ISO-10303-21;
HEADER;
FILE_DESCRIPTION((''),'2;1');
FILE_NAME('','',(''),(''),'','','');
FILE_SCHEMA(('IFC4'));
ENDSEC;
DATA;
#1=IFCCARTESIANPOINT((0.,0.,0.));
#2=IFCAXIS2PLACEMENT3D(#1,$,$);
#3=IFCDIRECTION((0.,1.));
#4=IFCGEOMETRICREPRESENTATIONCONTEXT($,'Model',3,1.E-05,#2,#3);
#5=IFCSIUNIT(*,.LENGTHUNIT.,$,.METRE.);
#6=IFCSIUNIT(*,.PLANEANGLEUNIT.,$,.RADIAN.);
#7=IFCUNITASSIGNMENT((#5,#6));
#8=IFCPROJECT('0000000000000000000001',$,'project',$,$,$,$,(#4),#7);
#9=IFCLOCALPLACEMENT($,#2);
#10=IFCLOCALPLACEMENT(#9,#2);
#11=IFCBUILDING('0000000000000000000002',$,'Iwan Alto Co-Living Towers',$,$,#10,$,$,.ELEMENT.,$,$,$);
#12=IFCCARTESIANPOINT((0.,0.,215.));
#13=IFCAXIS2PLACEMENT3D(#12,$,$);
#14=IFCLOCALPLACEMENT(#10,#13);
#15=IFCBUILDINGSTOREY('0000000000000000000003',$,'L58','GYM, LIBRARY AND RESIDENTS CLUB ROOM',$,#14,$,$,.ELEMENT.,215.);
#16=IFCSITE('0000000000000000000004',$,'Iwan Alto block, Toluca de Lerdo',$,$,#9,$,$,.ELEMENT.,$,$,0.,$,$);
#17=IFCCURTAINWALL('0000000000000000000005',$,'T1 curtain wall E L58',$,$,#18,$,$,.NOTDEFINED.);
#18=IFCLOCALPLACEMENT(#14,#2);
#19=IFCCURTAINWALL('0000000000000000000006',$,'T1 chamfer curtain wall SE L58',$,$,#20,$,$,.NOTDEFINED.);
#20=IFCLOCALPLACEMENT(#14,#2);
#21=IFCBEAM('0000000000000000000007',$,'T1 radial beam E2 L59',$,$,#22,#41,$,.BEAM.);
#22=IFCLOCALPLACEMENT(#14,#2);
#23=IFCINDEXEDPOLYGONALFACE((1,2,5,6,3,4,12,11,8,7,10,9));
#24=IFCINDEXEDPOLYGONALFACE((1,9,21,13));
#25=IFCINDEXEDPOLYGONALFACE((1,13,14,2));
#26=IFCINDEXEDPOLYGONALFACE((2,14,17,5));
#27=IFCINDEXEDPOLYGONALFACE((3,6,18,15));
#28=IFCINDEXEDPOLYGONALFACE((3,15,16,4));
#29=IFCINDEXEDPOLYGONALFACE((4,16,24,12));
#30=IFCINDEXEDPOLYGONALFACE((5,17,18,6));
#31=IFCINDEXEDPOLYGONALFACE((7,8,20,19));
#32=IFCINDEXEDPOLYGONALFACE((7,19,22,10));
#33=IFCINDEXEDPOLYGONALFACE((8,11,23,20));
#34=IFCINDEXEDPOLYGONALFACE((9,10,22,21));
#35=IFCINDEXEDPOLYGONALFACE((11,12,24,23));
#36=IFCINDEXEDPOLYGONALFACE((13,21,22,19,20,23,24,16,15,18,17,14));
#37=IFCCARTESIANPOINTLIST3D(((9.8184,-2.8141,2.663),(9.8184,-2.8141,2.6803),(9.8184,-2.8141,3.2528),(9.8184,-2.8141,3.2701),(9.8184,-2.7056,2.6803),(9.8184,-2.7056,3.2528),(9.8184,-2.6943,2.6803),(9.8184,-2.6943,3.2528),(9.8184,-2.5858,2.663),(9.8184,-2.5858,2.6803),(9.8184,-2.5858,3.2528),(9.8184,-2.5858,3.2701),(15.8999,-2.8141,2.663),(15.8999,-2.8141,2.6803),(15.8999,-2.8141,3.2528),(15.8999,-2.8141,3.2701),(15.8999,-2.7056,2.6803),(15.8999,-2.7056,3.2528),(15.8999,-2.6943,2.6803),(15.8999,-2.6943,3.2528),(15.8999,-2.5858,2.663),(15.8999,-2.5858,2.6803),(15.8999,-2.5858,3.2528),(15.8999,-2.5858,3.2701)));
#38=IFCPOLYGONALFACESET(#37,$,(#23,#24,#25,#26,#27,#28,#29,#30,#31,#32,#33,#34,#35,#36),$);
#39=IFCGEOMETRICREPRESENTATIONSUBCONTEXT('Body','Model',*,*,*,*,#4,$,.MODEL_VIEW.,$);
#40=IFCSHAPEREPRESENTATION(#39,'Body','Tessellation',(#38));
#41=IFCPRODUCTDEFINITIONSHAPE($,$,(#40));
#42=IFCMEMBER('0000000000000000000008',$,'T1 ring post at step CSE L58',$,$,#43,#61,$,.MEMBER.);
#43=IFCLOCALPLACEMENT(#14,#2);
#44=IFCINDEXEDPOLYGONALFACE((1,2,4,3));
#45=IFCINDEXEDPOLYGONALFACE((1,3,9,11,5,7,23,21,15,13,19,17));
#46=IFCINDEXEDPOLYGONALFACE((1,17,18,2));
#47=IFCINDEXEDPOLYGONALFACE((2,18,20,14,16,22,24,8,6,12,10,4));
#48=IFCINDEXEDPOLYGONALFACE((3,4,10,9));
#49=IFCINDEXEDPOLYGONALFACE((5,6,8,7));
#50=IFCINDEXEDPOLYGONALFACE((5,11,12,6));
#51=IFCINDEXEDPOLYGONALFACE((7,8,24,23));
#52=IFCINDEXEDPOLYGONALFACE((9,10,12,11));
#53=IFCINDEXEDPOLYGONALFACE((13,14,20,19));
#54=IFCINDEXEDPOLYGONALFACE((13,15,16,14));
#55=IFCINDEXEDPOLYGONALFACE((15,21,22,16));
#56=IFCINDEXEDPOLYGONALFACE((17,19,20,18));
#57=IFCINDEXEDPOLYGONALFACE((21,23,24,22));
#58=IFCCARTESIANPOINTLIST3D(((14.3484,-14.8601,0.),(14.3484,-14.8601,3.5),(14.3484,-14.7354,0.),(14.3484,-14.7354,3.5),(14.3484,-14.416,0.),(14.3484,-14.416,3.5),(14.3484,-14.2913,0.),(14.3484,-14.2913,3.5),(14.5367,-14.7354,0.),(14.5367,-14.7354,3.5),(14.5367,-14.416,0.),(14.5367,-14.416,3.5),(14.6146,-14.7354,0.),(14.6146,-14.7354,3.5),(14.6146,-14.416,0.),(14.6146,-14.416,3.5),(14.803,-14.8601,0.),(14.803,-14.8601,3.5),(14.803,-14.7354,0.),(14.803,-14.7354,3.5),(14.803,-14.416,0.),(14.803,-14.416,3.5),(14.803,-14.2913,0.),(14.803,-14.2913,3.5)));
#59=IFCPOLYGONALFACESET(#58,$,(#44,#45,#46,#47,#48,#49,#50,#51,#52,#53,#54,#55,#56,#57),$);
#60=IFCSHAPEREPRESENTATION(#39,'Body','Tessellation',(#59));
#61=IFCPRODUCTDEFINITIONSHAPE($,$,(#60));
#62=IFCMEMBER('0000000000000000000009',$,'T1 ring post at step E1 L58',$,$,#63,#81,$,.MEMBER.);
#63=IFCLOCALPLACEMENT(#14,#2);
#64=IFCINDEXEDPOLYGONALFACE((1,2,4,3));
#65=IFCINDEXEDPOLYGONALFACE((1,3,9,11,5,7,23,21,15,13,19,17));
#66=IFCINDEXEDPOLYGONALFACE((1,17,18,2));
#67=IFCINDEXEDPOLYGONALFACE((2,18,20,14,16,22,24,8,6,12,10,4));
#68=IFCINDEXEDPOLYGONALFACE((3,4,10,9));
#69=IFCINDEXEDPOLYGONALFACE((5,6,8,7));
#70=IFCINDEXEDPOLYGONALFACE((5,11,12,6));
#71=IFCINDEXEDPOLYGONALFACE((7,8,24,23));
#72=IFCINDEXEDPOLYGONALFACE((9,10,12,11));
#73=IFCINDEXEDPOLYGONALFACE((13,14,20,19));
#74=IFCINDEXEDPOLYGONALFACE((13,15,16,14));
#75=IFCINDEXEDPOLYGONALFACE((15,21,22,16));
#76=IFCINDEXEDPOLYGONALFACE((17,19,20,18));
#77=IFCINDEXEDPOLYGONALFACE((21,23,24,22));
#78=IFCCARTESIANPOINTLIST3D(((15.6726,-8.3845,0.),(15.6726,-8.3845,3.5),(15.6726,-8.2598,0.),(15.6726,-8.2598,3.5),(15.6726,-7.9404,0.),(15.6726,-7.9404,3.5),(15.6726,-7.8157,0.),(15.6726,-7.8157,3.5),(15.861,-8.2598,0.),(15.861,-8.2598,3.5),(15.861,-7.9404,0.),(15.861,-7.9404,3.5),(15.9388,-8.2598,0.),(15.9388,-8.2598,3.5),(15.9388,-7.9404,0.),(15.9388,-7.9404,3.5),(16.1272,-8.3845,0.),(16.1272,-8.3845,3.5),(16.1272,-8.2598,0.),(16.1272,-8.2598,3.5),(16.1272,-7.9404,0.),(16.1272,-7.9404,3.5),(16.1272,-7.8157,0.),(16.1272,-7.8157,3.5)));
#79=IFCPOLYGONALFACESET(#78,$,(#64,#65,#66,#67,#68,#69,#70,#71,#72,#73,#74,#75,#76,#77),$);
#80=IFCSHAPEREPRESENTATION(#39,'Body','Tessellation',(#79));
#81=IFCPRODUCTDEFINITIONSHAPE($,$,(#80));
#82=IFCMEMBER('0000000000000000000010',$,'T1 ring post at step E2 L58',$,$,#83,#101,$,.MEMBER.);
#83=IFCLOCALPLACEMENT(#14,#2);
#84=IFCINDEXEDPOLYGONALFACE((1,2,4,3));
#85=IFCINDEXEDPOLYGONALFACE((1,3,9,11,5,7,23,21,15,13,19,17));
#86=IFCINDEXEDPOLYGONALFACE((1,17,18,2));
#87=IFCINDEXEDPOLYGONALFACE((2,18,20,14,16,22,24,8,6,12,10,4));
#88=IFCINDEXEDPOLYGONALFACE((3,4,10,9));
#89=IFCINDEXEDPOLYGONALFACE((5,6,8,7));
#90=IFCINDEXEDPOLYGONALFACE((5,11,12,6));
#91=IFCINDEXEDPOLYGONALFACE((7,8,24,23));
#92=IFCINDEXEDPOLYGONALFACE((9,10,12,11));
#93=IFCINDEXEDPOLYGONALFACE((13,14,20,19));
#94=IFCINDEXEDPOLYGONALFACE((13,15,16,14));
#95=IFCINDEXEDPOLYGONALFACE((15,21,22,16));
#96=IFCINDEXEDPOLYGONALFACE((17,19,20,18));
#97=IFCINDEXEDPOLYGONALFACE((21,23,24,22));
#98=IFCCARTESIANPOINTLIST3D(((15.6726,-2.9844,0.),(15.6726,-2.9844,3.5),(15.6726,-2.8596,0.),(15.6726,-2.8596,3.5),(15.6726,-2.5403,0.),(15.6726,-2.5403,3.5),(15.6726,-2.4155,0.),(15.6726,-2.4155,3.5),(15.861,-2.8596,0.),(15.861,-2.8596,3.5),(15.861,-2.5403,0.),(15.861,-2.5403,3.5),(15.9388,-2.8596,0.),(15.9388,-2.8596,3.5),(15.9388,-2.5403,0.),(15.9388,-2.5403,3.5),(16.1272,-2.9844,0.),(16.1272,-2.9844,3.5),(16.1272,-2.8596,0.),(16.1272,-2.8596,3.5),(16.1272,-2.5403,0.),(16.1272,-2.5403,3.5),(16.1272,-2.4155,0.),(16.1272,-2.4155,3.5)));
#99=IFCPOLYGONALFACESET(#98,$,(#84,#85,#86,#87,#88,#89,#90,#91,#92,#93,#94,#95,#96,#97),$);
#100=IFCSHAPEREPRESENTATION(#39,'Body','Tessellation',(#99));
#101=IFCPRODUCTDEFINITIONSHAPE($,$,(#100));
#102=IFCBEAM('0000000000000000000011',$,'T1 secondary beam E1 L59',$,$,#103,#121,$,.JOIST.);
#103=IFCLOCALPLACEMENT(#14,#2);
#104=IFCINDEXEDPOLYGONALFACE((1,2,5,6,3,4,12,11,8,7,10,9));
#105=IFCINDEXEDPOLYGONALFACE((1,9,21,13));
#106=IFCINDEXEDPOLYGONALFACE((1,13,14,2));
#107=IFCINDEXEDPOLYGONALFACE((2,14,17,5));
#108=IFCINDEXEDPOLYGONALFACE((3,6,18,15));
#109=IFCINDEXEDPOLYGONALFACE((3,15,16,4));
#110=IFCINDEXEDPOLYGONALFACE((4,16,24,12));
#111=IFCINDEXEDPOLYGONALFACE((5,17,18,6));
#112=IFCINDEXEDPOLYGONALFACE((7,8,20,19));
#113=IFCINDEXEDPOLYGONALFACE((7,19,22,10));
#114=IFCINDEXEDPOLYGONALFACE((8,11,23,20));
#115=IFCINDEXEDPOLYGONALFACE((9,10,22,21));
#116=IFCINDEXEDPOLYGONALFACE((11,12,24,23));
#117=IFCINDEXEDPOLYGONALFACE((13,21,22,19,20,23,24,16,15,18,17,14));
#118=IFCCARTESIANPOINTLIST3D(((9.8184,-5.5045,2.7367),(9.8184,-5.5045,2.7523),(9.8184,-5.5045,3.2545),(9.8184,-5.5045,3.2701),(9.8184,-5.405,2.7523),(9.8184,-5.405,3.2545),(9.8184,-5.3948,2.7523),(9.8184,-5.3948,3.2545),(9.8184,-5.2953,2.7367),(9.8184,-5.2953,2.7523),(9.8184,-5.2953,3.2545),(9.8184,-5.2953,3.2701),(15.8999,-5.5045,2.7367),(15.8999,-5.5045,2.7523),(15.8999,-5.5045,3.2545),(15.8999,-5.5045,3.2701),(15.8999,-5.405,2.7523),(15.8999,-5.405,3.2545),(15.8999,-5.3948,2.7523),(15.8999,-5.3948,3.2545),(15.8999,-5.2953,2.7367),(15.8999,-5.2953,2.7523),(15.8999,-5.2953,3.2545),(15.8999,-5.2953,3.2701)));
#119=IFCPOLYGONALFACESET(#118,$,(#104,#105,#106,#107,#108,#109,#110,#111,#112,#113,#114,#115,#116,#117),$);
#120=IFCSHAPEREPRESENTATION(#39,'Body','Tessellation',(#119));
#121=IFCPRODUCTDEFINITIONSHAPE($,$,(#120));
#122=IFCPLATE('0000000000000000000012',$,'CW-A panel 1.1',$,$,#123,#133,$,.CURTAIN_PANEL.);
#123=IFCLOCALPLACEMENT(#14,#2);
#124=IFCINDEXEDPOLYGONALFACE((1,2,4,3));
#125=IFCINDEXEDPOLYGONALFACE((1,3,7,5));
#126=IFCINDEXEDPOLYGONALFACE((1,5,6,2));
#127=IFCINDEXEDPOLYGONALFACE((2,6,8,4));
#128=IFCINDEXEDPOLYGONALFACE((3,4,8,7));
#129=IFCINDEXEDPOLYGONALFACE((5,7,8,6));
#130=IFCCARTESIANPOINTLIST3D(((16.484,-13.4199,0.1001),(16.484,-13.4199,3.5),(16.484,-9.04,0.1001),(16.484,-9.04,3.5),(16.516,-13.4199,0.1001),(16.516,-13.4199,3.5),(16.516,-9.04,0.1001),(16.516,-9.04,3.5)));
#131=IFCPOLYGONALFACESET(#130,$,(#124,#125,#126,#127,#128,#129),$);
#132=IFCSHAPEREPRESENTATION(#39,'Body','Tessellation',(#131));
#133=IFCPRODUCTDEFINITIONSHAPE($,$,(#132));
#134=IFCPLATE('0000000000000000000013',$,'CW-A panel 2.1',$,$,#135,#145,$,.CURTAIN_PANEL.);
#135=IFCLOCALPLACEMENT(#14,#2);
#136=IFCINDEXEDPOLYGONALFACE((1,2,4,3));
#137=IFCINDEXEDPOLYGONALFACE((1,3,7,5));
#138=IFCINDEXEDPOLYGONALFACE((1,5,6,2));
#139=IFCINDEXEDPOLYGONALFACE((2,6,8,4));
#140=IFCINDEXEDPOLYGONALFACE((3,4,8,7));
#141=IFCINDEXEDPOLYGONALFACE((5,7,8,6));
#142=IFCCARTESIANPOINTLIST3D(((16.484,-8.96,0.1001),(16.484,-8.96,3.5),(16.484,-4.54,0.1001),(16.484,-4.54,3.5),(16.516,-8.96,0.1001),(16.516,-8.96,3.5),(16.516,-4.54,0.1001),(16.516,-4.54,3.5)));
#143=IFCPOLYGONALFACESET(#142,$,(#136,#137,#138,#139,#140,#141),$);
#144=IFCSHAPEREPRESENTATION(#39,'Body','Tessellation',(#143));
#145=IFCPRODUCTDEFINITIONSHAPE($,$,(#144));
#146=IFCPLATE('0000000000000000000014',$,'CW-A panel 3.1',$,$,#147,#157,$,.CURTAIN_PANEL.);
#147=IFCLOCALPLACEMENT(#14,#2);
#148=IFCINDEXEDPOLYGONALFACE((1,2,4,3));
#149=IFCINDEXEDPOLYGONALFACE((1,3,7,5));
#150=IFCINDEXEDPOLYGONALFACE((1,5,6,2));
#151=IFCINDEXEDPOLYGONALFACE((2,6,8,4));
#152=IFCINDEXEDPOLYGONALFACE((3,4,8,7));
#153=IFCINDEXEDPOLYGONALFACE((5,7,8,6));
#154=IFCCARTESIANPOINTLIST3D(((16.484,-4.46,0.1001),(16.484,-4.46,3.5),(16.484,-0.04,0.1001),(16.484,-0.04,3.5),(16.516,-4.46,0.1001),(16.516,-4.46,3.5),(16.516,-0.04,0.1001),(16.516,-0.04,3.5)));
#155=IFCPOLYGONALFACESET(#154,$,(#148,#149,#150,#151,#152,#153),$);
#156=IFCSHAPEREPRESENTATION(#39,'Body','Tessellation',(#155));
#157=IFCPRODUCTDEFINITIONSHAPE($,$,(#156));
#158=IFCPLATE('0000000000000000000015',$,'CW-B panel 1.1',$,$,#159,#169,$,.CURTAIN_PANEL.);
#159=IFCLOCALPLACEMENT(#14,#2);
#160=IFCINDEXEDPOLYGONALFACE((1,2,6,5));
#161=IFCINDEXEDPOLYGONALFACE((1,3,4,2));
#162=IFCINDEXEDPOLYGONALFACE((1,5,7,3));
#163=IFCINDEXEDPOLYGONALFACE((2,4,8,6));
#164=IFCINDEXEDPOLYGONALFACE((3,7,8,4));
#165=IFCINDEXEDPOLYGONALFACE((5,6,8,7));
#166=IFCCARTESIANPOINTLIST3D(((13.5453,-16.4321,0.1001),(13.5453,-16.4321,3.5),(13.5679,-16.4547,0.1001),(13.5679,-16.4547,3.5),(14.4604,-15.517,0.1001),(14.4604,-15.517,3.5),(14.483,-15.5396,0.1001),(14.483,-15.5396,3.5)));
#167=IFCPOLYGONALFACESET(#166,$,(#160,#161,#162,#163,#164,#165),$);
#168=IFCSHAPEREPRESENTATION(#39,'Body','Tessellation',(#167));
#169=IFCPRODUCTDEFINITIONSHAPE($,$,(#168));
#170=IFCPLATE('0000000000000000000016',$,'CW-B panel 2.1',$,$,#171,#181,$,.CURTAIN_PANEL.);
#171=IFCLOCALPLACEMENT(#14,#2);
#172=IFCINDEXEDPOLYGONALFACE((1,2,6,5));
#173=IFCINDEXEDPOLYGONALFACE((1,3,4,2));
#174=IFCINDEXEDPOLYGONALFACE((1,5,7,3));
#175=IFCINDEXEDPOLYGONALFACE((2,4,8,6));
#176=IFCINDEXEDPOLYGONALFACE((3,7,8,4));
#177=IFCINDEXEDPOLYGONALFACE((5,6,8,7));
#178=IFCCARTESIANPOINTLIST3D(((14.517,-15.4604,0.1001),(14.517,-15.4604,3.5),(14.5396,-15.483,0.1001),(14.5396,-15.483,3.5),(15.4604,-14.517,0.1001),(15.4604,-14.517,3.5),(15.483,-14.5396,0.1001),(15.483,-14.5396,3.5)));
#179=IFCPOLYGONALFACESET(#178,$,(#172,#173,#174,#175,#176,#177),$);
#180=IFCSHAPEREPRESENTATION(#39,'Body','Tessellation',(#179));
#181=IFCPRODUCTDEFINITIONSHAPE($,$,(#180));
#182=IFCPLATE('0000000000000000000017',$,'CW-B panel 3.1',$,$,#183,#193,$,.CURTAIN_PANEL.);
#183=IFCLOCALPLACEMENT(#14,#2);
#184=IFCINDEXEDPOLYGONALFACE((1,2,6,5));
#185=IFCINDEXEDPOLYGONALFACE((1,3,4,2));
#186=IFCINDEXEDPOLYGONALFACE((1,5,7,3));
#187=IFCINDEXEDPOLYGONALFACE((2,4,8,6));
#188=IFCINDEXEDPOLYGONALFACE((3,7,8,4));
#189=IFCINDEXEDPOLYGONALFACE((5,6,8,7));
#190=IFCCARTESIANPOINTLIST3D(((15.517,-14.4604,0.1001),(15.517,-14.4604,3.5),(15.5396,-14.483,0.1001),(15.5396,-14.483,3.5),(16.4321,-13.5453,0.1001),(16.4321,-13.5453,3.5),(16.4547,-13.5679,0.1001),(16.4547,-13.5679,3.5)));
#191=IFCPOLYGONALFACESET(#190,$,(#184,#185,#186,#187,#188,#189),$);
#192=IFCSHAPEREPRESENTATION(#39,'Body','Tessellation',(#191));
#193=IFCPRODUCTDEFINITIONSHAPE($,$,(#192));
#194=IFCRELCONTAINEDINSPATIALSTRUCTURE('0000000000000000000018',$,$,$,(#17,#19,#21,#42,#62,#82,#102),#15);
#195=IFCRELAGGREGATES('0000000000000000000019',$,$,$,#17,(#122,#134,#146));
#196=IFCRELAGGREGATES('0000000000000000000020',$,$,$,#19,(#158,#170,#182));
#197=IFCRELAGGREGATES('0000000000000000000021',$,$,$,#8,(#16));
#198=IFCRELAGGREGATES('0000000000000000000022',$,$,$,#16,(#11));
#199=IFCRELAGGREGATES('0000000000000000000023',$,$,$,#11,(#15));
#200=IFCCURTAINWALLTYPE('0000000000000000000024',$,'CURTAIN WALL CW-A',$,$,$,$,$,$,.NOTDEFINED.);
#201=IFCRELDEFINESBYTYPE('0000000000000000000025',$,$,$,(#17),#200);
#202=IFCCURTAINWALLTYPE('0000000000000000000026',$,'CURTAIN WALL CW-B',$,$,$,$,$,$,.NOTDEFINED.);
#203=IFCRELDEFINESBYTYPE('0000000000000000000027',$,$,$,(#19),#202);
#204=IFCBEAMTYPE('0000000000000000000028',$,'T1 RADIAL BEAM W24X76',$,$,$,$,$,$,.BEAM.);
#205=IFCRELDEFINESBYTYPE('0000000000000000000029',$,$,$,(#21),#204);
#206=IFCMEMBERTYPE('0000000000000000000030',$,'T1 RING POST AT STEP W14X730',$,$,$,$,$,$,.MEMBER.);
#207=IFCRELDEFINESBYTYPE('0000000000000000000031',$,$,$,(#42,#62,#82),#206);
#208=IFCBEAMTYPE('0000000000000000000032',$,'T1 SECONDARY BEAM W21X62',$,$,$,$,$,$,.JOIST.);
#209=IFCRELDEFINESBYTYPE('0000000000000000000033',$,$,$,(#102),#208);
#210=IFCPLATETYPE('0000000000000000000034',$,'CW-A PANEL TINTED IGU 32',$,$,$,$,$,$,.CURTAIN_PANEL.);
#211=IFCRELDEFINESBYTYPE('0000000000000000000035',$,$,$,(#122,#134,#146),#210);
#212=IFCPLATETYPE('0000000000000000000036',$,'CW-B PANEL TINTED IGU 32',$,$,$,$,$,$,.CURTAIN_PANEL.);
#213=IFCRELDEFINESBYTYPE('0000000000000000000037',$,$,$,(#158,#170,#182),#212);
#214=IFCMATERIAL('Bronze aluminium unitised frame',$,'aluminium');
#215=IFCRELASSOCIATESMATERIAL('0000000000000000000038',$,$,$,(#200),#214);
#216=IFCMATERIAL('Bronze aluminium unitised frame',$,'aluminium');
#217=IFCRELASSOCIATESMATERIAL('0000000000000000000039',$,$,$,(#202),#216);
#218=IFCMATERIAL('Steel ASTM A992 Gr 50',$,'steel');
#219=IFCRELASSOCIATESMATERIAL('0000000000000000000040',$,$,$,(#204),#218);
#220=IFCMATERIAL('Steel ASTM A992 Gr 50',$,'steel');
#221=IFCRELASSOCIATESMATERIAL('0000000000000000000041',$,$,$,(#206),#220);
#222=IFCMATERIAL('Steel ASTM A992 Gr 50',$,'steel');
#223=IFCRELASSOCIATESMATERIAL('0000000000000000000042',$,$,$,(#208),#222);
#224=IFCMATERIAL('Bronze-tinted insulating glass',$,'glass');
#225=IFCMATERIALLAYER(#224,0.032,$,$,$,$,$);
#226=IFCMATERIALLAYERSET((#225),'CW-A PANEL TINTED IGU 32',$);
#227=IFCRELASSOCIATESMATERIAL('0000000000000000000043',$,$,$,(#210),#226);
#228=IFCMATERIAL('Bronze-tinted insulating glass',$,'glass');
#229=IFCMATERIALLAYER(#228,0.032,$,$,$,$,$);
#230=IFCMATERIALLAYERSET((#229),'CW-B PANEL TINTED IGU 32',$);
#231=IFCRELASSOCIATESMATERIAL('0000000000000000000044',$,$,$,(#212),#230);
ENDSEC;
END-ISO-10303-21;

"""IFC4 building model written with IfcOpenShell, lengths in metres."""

from ifc_helpers import new_model, si_unit, direction, frame, origin, origin_2d, place, context, subcontext, project, spatial, rectangle, i_section, extrude, material, layer, layer_set, material_profile, profile_set, type_object, element, aggregate, save


model = new_model("IFC4")

# Units and contexts
model_context = context("Model", 3, precision=1e-05, world=origin(), true_north=direction((0.0, 1.0)))
body_context = subcontext(model_context, "Body", "Model", "MODEL_VIEW")
ifc_project = project(units=[si_unit("LENGTHUNIT", "METRE"), si_unit("PLANEANGLEUNIT", "RADIAN")], contexts=[model_context])

# Site, building, storey
site_placement = place(None, origin())
site = spatial("IfcSite", under=ifc_project, at=site_placement, Name="Iwan Alto block, Toluca de Lerdo", CompositionType="ELEMENT", RefElevation=0.0)
building_placement = place(site_placement, origin())
building = spatial("IfcBuilding", under=site, at=building_placement, Name="Iwan Alto Co-Living Towers", CompositionType="ELEMENT")
storey_placement = place(building_placement, frame((0.0, 0.0, 215.0)))
storey = spatial("IfcBuildingStorey", under=building, at=storey_placement, Name="L58", Description="GYM, LIBRARY AND RESIDENTS CLUB ROOM", CompositionType="ELEMENT", Elevation=215.0)

# Curtain walls
ifc_material_1 = material(Name="Bronze aluminium unitised frame", Category="aluminium")
curtain_wall_type_1 = type_object("IfcCurtainWallType", Name="CURTAIN WALL CW-A", PredefinedType="NOTDEFINED", material=ifc_material_1)
curtain_wall_1_placement = place(storey_placement, origin())
curtain_wall_1 = element("IfcCurtainWall", 1, at=curtain_wall_1_placement, inside=storey, type_object=curtain_wall_type_1, Name="T1 curtain wall E L58", PredefinedType="NOTDEFINED")
ifc_material_2 = material(Name="Bronze aluminium unitised frame", Category="aluminium")
curtain_wall_type_2 = type_object("IfcCurtainWallType", Name="CURTAIN WALL CW-B", PredefinedType="NOTDEFINED", material=ifc_material_2)
curtain_wall_2_placement = place(storey_placement, origin())
curtain_wall_2 = element("IfcCurtainWall", 2, at=curtain_wall_2_placement, inside=storey, type_object=curtain_wall_type_2, Name="T1 chamfer curtain wall SE L58", PredefinedType="NOTDEFINED")

# Beam
ifc_material_3 = material(Name="Steel ASTM A992 Gr 50", Category="steel")
ifc_material_profile_1 = material_profile(ifc_material_3, i_section(OverallWidth=0.2283, OverallDepth=0.6072, WebThickness=0.0112, FlangeThickness=0.0173, at=origin_2d()), Name="W24X76")
ifc_profile_set_1 = profile_set([ifc_material_profile_1], Name="Steel ASTM A992 Gr 50")
beam_type_1 = type_object("IfcBeamType", Name="T1 RADIAL BEAM W24X76", PredefinedType="BEAM", material=ifc_profile_set_1)
for number, where, z_axis, x_axis, name in (
    (3, (15.8999, -2.7, 2.9666), (-1.0, 0.0, 0.0), (0.0, -1.0, 0.0), "T1 radial beam E2 L59"),
):
    element("IfcBeam", number, at=place(storey_placement, frame(where, z_axis=z_axis, x_axis=x_axis)), inside=storey, type_object=beam_type_1, Name=name, PredefinedType="BEAM", context=body_context, shape_type="SweptSolid", body=[
        extrude(i_section(OverallWidth=0.2283, OverallDepth=0.6072, WebThickness=0.0112, FlangeThickness=0.0173, at=origin_2d()), origin(), (0.0, 0.0, 1.0), 6.0815),
    ])

# Members
ifc_material_4 = material(Name="Steel ASTM A992 Gr 50", Category="steel")
ifc_material_profile_2 = material_profile(ifc_material_4, i_section(OverallWidth=0.4546, OverallDepth=0.5688, WebThickness=0.0779, FlangeThickness=0.1248, at=origin_2d()), Name="W14X730")
ifc_profile_set_2 = profile_set([ifc_material_profile_2], Name="Steel ASTM A992 Gr 50")
member_type_1 = type_object("IfcMemberType", Name="T1 RING POST AT STEP W14X730", PredefinedType="MEMBER", material=ifc_profile_set_2)
for number, where, z_axis, x_axis, name in (
    (4, (14.5757, -14.5757, 0.0), (0.0, 0.0, 1.0), (1.0, 0.0, 0.0), "T1 ring post at step CSE L58"),
    (5, (15.8999, -8.1001, 0.0), (0.0, 0.0, 1.0), (1.0, 0.0, 0.0), "T1 ring post at step E1 L58"),
    (6, (15.8999, -2.7, 0.0), (0.0, 0.0, 1.0), (1.0, 0.0, 0.0), "T1 ring post at step E2 L58"),
):
    element("IfcMember", number, at=place(storey_placement, frame(where, z_axis=z_axis, x_axis=x_axis)), inside=storey, type_object=member_type_1, Name=name, PredefinedType="MEMBER", context=body_context, shape_type="SweptSolid", body=[
        extrude(i_section(OverallWidth=0.4546, OverallDepth=0.5688, WebThickness=0.0779, FlangeThickness=0.1248, at=origin_2d()), origin(), (0.0, 0.0, 1.0), 3.5),
    ])

# Beam
ifc_material_5 = material(Name="Steel ASTM A992 Gr 50", Category="steel")
ifc_material_profile_3 = material_profile(ifc_material_5, i_section(OverallWidth=0.2092, OverallDepth=0.5334, WebThickness=0.0103, FlangeThickness=0.0156, at=origin_2d()), Name="W21X62")
ifc_profile_set_3 = profile_set([ifc_material_profile_3], Name="Steel ASTM A992 Gr 50")
beam_type_2 = type_object("IfcBeamType", Name="T1 SECONDARY BEAM W21X62", PredefinedType="JOIST", material=ifc_profile_set_3)
beam_1_placement = place(storey_placement, frame((15.8999, -5.3999, 3.0034), z_axis=(-1.0, 0.0, 0.0), x_axis=(0.0, -1.0, 0.0)))
element("IfcBeam", 7, at=beam_1_placement, inside=storey, type_object=beam_type_2, Name="T1 secondary beam E1 L59", PredefinedType="JOIST", context=body_context, shape_type="SweptSolid", body=[
    extrude(i_section(OverallWidth=0.2092, OverallDepth=0.5334, WebThickness=0.0103, FlangeThickness=0.0156, at=origin_2d()), origin(), (0.0, 0.0, 1.0), 6.0815),
])

# Plates
ifc_material_6 = material(Name="Bronze-tinted insulating glass", Category="glass")
ifc_layer_1 = layer(ifc_material_6, 0.032)
ifc_layer_set_1 = layer_set([ifc_layer_1], Name="CW-A PANEL TINTED IGU 32")
plate_type_1 = type_object("IfcPlateType", Name="CW-A PANEL TINTED IGU 32", PredefinedType="CURTAIN_PANEL", material=ifc_layer_set_1)
plate_1_placement = place(storey_placement, frame((16.5, -11.23, 0.1001), z_axis=(0.0, 0.0, 1.0), x_axis=(0.0, 1.0, 0.0)))
plate_1 = element("IfcPlate", 8, at=plate_1_placement, type_object=plate_type_1, Name="CW-A panel 1.1", PredefinedType="CURTAIN_PANEL", context=body_context, shape_type="SweptSolid", body=[
    extrude(rectangle(XDim=4.3799, YDim=0.032, at=origin_2d()), origin(), (0.0, 0.0, 1.0), 3.3999),
])
plate_2_placement = place(storey_placement, frame((16.5, -6.75, 0.1001), z_axis=(0.0, 0.0, 1.0), x_axis=(0.0, 1.0, 0.0)))
plate_2 = element("IfcPlate", 9, at=plate_2_placement, type_object=plate_type_1, Name="CW-A panel 2.1", PredefinedType="CURTAIN_PANEL", context=body_context, shape_type="SweptSolid", body=[
    extrude(rectangle(XDim=4.4199, YDim=0.032, at=origin_2d()), origin(), (0.0, 0.0, 1.0), 3.3999),
])
plate_3_placement = place(storey_placement, frame((16.5, -2.25, 0.1001), z_axis=(0.0, 0.0, 1.0), x_axis=(0.0, 1.0, 0.0)))
plate_3 = element("IfcPlate", 10, at=plate_3_placement, type_object=plate_type_1, Name="CW-A panel 3.1", PredefinedType="CURTAIN_PANEL", context=body_context, shape_type="SweptSolid", body=[
    extrude(rectangle(XDim=4.4199, YDim=0.032, at=origin_2d()), origin(), (0.0, 0.0, 1.0), 3.3999),
])
aggregate(curtain_wall_1, [plate_1, plate_2, plate_3])
ifc_material_7 = material(Name="Bronze-tinted insulating glass", Category="glass")
ifc_layer_2 = layer(ifc_material_7, 0.032)
ifc_layer_set_2 = layer_set([ifc_layer_2], Name="CW-B PANEL TINTED IGU 32")
plate_type_2 = type_object("IfcPlateType", Name="CW-B PANEL TINTED IGU 32", PredefinedType="CURTAIN_PANEL", material=ifc_layer_set_2)
plate_4_placement = place(storey_placement, frame((14.0142, -15.9858, 0.1001), z_axis=(0.0, 0.0, 1.0), x_axis=(0.707107, 0.707107, 0.0)))
plate_4 = element("IfcPlate", 11, at=plate_4_placement, type_object=plate_type_2, Name="CW-B panel 1.1", PredefinedType="CURTAIN_PANEL", context=body_context, shape_type="SweptSolid", body=[
    extrude(rectangle(XDim=1.2942, YDim=0.032, at=origin_2d()), origin(), (0.0, 0.0, 1.0), 3.3999),
])
plate_5_placement = place(storey_placement, frame((15.0, -15.0, 0.1001), z_axis=(0.0, 0.0, 1.0), x_axis=(0.707107, 0.707107, 0.0)))
plate_5 = element("IfcPlate", 12, at=plate_5_placement, type_object=plate_type_2, Name="CW-B panel 2.1", PredefinedType="CURTAIN_PANEL", context=body_context, shape_type="SweptSolid", body=[
    extrude(rectangle(XDim=1.3342, YDim=0.032, at=origin_2d()), origin(), (0.0, 0.0, 1.0), 3.3999),
])
plate_6_placement = place(storey_placement, frame((15.9858, -14.0142, 0.1001), z_axis=(0.0, 0.0, 1.0), x_axis=(0.707107, 0.707107, 0.0)))
plate_6 = element("IfcPlate", 13, at=plate_6_placement, type_object=plate_type_2, Name="CW-B panel 3.1", PredefinedType="CURTAIN_PANEL", context=body_context, shape_type="SweptSolid", body=[
    extrude(rectangle(XDim=1.2942, YDim=0.032, at=origin_2d()), origin(), (0.0, 0.0, 1.0), 3.3999),
])
aggregate(curtain_wall_2, [plate_4, plate_5, plate_6])

save(model, "model.ifc")
